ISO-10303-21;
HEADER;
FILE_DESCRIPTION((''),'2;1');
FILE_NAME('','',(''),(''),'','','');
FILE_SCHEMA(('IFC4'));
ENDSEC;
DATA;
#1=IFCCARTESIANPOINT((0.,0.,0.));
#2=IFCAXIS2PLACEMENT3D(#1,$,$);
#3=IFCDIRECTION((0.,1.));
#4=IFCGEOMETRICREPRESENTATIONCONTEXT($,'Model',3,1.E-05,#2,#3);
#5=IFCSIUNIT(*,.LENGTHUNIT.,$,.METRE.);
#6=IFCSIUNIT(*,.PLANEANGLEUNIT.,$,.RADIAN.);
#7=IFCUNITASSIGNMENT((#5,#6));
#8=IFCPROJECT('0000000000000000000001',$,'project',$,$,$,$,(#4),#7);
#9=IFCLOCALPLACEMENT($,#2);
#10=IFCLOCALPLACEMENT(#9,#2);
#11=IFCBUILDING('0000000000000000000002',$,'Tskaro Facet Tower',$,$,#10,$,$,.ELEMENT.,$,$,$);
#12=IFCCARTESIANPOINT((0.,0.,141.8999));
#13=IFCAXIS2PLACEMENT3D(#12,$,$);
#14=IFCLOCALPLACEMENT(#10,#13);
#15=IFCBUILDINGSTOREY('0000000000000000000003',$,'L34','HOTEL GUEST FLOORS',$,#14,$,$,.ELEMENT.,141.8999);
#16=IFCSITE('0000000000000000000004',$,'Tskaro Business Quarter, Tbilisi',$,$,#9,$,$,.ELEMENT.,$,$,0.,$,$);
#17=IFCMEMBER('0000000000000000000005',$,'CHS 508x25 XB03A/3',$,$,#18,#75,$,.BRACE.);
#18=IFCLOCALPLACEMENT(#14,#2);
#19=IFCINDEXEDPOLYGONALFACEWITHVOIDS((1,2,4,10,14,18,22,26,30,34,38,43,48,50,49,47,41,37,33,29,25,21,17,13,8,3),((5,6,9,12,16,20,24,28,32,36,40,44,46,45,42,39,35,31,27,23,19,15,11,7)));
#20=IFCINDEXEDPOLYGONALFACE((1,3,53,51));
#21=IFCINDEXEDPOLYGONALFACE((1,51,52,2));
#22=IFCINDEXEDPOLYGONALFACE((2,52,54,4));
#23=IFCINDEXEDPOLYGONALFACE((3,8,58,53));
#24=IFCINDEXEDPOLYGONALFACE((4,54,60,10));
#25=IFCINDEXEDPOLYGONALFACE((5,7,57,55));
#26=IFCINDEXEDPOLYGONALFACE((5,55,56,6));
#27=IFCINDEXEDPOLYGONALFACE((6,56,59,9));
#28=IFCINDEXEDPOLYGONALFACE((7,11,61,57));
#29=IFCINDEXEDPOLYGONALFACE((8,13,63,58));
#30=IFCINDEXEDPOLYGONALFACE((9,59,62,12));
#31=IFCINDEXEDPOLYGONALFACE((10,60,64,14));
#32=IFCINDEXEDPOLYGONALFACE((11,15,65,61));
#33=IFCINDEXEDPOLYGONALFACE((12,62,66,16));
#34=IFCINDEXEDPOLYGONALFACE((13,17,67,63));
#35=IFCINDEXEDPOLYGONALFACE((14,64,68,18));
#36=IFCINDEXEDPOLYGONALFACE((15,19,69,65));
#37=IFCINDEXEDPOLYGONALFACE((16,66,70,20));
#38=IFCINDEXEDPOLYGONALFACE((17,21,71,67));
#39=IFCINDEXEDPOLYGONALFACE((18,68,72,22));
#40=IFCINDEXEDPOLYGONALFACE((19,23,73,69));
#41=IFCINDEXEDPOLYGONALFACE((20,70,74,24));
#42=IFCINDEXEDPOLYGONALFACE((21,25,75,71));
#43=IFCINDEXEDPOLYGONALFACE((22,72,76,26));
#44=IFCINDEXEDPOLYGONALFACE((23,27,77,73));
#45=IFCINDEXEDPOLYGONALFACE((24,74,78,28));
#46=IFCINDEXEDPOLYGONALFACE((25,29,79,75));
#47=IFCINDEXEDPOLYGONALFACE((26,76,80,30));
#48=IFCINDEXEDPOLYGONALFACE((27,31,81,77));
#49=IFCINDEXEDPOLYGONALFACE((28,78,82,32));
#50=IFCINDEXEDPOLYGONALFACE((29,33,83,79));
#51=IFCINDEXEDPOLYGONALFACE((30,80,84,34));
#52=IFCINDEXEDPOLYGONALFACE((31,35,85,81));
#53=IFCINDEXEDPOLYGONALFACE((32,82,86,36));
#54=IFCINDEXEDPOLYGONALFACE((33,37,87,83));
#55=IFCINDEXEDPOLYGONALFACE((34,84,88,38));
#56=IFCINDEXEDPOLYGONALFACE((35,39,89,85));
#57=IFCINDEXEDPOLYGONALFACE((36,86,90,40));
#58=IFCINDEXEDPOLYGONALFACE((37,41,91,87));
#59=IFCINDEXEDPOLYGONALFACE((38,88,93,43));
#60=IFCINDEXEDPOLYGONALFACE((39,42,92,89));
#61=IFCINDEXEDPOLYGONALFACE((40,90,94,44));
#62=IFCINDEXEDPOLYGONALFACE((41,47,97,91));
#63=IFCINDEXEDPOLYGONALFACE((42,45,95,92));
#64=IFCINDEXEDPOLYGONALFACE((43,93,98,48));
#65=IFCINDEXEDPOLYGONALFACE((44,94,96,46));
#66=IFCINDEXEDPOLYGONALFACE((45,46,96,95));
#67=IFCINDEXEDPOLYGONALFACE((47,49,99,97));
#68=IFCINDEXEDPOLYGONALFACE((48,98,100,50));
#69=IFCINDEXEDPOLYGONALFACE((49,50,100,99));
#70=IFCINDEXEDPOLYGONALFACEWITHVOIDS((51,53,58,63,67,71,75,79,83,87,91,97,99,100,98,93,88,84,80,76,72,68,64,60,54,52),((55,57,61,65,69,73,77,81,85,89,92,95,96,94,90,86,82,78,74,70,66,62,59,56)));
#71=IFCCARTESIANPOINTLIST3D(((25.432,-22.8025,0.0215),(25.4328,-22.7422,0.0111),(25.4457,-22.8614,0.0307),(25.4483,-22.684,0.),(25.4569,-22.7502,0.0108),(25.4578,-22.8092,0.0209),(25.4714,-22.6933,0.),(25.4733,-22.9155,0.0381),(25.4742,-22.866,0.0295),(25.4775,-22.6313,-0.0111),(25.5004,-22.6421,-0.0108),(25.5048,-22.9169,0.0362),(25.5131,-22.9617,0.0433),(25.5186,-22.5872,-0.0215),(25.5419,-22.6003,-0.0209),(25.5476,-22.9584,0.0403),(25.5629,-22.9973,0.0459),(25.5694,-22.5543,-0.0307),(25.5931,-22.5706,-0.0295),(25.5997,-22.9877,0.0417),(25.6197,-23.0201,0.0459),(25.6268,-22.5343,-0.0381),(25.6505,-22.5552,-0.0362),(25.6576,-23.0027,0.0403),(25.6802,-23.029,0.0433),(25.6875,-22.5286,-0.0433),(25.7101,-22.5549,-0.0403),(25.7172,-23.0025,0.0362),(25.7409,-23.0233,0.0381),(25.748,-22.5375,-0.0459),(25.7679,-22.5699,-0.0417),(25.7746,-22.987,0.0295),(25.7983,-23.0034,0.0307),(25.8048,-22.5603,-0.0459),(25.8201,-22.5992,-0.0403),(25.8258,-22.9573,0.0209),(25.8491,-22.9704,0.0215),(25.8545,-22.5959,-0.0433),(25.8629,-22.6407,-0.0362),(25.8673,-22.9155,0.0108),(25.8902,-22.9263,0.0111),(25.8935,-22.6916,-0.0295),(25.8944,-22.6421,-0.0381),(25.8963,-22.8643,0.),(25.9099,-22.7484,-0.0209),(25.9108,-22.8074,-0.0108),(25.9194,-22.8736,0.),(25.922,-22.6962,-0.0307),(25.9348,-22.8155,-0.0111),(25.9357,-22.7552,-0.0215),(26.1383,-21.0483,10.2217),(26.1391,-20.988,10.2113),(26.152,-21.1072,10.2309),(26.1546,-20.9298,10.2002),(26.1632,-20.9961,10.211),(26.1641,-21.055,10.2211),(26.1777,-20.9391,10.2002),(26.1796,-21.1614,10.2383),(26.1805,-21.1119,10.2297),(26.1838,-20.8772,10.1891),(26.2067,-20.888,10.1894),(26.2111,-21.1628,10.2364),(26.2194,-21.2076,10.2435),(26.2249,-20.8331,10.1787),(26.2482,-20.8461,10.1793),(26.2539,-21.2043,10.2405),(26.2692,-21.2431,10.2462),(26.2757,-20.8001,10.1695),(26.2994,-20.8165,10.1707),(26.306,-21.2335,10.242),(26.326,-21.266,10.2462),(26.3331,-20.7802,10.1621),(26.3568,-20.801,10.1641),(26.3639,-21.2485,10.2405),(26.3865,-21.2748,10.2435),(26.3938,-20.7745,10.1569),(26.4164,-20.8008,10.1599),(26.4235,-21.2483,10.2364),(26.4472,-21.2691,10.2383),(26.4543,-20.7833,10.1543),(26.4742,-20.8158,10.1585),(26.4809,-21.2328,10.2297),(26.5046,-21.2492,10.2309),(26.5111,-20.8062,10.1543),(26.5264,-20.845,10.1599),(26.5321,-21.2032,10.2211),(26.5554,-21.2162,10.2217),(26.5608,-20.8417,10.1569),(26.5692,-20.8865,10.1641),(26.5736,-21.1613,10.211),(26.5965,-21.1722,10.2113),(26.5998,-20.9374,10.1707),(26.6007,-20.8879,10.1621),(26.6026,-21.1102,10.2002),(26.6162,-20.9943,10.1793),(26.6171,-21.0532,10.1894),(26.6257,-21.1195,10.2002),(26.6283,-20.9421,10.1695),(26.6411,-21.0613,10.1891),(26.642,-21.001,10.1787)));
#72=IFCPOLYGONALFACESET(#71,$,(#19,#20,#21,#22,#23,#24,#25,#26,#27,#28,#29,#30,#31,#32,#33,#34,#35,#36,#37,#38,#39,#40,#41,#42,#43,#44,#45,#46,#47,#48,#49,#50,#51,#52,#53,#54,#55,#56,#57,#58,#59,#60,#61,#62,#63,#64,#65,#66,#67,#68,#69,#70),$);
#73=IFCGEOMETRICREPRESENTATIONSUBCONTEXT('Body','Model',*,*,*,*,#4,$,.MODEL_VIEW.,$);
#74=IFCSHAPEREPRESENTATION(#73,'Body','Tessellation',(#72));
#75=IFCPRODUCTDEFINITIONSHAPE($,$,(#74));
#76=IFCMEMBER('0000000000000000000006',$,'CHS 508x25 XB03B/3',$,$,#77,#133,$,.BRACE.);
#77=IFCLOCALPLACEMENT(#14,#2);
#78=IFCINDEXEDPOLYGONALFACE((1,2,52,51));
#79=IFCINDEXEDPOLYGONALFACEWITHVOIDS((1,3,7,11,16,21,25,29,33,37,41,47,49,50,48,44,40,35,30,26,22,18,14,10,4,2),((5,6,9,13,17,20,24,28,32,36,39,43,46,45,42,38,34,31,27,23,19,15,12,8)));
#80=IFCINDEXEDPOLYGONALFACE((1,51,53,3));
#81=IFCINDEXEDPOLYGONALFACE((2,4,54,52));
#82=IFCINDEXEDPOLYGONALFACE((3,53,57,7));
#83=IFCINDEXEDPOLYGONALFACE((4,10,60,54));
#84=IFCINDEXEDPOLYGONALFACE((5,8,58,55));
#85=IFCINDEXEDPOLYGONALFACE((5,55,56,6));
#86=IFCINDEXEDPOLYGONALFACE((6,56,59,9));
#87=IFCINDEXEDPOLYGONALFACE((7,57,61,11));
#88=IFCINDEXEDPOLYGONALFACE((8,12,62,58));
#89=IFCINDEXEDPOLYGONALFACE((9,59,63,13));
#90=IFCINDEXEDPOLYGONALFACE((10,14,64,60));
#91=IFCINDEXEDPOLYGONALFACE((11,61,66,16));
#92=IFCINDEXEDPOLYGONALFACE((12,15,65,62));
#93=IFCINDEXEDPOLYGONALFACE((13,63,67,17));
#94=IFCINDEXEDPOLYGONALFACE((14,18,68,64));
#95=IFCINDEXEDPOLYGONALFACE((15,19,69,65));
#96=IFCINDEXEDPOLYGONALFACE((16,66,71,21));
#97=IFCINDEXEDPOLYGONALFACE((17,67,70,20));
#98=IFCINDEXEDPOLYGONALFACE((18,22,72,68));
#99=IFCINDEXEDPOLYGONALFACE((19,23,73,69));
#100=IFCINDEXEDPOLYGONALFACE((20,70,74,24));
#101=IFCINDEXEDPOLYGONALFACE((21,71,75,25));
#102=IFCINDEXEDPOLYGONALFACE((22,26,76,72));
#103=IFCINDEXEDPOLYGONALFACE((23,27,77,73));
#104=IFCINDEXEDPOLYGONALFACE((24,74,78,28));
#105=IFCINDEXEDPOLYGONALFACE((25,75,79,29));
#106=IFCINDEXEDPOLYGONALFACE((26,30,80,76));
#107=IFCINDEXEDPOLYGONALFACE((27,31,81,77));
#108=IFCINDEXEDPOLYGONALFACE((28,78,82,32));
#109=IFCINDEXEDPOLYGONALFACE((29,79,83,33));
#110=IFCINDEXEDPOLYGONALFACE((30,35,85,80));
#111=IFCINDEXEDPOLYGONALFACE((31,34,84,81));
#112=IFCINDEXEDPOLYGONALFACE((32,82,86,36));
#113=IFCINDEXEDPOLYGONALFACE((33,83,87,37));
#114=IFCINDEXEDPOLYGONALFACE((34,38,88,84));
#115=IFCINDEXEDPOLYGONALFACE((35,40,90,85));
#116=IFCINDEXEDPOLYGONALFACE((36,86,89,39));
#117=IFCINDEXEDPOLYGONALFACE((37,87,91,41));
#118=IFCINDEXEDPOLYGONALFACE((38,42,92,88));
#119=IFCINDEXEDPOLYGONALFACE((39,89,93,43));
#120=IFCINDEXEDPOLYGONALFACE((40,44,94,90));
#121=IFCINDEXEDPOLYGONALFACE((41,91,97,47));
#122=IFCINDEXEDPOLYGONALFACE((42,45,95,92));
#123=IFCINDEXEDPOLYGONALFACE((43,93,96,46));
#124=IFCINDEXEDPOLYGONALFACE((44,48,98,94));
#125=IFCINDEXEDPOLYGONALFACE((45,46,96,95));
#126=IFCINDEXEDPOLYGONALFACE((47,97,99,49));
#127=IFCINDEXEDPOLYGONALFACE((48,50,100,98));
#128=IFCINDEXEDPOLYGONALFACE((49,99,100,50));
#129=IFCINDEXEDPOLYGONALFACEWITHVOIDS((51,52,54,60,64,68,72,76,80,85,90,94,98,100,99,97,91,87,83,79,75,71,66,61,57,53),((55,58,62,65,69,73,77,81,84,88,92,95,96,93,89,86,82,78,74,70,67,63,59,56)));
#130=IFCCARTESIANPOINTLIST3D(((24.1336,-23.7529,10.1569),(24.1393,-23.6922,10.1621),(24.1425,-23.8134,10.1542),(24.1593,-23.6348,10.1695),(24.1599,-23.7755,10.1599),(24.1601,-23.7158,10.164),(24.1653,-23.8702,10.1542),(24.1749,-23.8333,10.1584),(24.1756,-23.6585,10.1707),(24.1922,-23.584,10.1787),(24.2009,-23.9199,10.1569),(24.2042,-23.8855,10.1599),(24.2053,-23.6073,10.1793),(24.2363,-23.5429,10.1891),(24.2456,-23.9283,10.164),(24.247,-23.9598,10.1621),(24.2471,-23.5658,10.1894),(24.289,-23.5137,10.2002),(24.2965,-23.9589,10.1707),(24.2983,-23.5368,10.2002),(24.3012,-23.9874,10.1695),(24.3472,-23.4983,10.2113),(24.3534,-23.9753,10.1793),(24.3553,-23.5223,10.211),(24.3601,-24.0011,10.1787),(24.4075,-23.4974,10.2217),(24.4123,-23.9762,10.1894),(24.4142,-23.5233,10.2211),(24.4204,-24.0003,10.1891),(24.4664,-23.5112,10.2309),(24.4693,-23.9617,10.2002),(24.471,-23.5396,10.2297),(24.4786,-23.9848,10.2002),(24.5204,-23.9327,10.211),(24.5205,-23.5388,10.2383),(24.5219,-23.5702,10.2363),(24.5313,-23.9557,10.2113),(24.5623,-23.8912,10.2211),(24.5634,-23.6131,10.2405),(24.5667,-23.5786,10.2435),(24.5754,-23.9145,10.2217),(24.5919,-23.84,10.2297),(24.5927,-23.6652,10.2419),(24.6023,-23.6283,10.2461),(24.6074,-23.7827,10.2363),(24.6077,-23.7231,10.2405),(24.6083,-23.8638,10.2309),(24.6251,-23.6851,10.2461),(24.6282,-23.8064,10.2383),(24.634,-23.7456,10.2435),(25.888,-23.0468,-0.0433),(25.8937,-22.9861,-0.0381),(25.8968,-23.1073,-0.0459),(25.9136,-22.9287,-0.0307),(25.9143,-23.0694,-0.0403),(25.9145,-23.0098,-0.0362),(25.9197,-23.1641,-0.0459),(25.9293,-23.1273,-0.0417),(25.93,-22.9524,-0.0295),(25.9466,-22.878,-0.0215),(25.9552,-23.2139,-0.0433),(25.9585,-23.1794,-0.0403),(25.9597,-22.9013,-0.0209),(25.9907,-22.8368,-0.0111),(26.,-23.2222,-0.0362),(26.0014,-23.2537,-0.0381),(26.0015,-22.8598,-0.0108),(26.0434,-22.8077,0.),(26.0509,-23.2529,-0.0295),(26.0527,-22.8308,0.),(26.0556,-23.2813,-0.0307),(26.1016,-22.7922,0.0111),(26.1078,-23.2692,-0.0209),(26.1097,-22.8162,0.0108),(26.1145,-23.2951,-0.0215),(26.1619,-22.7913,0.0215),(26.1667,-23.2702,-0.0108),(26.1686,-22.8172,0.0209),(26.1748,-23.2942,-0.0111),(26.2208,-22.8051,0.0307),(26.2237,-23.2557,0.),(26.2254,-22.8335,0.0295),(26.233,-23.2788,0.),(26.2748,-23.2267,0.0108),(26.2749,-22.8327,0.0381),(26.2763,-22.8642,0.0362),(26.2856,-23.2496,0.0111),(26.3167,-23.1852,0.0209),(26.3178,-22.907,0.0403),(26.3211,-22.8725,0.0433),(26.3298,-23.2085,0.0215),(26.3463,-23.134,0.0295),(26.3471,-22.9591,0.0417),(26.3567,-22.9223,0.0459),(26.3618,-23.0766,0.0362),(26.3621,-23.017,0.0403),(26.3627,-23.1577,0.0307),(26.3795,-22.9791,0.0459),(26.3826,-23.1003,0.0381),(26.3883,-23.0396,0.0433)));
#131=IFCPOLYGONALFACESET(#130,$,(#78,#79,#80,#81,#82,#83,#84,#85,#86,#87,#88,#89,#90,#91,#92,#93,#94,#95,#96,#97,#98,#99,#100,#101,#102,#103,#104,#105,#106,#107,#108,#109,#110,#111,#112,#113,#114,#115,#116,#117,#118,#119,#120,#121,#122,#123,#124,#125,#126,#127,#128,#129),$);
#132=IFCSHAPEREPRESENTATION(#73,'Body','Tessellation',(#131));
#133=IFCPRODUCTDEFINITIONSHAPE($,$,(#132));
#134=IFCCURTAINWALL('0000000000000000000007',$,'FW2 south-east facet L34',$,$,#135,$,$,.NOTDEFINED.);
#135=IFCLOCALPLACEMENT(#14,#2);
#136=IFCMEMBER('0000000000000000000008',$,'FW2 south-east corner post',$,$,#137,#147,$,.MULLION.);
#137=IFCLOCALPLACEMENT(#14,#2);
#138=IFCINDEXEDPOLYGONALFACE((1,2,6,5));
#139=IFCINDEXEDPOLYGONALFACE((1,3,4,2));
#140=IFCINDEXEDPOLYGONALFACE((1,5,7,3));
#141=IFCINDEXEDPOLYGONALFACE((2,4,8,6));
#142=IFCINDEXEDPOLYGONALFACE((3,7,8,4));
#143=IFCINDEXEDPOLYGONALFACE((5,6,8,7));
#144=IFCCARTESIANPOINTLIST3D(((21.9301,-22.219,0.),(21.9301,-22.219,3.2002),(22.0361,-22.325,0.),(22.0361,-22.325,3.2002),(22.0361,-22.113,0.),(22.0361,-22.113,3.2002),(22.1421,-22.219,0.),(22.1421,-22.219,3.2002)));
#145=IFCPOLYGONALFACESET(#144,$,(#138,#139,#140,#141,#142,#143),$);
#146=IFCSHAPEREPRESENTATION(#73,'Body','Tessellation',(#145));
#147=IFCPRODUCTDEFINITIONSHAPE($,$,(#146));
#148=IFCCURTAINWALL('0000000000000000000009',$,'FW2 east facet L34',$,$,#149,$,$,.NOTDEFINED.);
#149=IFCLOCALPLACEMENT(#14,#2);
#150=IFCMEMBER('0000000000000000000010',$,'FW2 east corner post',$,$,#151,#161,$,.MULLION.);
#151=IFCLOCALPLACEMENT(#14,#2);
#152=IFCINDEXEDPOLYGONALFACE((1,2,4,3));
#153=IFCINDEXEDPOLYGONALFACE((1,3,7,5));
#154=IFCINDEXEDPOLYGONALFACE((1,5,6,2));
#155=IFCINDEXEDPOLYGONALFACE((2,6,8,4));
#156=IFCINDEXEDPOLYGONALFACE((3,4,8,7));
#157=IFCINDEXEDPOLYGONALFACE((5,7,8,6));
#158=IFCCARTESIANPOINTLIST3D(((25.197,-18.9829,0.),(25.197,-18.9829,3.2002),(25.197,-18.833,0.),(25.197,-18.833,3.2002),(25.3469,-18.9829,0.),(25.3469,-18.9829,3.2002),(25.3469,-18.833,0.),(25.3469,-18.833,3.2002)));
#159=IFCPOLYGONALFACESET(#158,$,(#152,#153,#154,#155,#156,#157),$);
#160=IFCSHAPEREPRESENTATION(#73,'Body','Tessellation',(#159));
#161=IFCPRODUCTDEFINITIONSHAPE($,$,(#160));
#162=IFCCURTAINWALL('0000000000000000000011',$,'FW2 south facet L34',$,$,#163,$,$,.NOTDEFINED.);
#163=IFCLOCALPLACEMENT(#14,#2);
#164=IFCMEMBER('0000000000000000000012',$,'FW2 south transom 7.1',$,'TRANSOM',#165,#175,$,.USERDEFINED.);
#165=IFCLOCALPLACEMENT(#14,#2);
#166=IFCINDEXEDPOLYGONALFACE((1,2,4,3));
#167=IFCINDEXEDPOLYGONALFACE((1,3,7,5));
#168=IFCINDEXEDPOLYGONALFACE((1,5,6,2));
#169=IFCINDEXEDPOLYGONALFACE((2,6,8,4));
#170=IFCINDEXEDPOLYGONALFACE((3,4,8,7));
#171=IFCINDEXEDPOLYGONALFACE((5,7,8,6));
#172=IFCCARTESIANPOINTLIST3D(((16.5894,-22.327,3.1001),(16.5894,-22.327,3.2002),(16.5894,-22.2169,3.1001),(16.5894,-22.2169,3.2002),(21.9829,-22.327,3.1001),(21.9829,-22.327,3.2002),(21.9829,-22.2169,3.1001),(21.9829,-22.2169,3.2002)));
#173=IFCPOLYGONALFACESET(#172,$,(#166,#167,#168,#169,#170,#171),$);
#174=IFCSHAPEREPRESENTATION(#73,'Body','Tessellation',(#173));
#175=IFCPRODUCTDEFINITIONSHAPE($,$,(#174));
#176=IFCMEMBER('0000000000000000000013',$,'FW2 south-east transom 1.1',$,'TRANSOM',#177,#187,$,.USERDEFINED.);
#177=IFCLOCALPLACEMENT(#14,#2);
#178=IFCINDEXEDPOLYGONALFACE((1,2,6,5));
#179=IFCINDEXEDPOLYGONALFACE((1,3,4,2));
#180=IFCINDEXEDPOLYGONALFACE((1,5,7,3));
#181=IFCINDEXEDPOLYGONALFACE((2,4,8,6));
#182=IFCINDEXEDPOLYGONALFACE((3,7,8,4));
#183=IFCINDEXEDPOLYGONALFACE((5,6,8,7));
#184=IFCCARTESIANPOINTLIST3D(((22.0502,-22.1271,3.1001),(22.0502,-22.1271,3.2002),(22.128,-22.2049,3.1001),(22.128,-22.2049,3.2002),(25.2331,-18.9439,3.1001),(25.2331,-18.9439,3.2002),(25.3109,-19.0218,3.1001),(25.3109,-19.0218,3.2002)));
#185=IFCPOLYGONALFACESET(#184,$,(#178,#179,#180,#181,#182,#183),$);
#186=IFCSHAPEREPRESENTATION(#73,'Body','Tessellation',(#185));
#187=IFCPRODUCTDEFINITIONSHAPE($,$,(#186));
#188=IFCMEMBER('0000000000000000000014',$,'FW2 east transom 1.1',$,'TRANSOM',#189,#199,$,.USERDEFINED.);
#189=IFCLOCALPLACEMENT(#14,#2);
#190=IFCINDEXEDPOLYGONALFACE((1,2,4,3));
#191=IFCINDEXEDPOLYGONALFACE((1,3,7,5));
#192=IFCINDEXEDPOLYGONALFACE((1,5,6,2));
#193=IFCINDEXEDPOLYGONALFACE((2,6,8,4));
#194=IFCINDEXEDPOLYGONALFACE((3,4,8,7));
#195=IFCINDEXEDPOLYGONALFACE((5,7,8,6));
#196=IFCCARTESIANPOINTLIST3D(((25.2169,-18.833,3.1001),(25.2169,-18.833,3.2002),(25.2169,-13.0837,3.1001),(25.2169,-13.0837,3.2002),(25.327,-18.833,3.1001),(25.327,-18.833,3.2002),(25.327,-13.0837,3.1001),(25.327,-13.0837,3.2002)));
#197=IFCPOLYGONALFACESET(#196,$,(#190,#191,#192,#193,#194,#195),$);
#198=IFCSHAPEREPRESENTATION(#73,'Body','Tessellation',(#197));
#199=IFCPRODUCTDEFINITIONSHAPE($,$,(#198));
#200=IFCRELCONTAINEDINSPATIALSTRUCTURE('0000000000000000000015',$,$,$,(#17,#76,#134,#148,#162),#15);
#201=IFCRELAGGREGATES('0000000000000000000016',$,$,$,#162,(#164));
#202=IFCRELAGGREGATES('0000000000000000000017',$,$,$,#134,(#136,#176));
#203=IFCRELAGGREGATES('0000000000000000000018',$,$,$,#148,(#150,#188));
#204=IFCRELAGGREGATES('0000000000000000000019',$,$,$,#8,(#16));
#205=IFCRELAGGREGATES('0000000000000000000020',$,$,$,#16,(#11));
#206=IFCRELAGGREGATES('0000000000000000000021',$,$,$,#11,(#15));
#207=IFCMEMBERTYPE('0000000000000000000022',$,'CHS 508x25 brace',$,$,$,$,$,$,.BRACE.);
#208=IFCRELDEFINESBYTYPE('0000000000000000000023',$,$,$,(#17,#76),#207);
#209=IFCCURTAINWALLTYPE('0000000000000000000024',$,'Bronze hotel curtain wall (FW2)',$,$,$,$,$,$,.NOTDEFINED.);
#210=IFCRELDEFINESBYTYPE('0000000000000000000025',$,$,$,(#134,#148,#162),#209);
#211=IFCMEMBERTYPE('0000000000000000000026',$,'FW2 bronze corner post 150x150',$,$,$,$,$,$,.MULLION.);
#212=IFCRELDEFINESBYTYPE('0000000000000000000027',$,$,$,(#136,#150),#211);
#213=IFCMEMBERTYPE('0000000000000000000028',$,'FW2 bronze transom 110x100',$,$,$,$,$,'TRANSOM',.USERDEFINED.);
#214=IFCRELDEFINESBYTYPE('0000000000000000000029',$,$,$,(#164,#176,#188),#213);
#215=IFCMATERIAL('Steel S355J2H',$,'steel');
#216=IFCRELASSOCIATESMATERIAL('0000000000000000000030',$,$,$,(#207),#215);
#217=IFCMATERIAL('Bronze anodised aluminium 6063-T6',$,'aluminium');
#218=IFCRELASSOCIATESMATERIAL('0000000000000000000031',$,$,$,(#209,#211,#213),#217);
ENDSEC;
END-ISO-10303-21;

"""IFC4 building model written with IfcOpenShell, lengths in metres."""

from ifc_helpers import new_model, si_unit, direction, frame, origin, origin_2d, place, context, subcontext, project, spatial, rectangle, hollow_circle, extrude, material, material_profile, profile_set, type_object, element, aggregate, save


model = new_model("IFC4")

# Units and contexts
model_context = context("Model", 3, precision=1e-05, world=origin(), true_north=direction((0.0, 1.0)))
body_context = subcontext(model_context, "Body", "Model", "MODEL_VIEW")
ifc_project = project(units=[si_unit("LENGTHUNIT", "METRE"), si_unit("PLANEANGLEUNIT", "RADIAN")], contexts=[model_context])

# Site, building, storey
site_placement = place(None, origin())
site = spatial("IfcSite", under=ifc_project, at=site_placement, Name="Tskaro Business Quarter, Tbilisi", CompositionType="ELEMENT", RefElevation=0.0)
building_placement = place(site_placement, origin())
building = spatial("IfcBuilding", under=site, at=building_placement, Name="Tskaro Facet Tower", CompositionType="ELEMENT")
storey_placement = place(building_placement, frame((0.0, 0.0, 141.8999)))
storey = spatial("IfcBuildingStorey", under=building, at=storey_placement, Name="L34", Description="HOTEL GUEST FLOORS", CompositionType="ELEMENT", Elevation=141.8999)

# Shared definitions
ifc_material_1 = material(Name="Steel S355J2H", Category="steel")

# Members
ifc_material_profile_1 = material_profile(ifc_material_1, hollow_circle(Radius=0.2539, WallThickness=0.0249, at=origin_2d()), Name="CHS 508x25")
ifc_profile_set_1 = profile_set([ifc_material_profile_1], Name="Steel S355J2H")
member_type_1 = type_object("IfcMemberType", Name="CHS 508x25 brace", PredefinedType="BRACE", material=ifc_profile_set_1)
for number, where, z_axis, x_axis, name in (
    (1, (25.6838, -22.7788, 0.0), (0.068084, 0.169091, 0.983246), (-0.927628, 0.373504, 0.0), "CHS 508x25 XB03A/3"),
    (2, (26.1382, -23.0432, 0.0), (-0.169114, -0.06806, 0.983244), (0.373349, -0.927691, 0.0), "CHS 508x25 XB03B/3"),
):
    element("IfcMember", number, at=place(storey_placement, frame(where, z_axis=z_axis, x_axis=x_axis)), inside=storey, type_object=member_type_1, Name=name, PredefinedType="BRACE", context=body_context, shape_type="SweptSolid", body=[
        extrude(hollow_circle(Radius=0.2539, WallThickness=0.0249, at=origin_2d()), origin(), (0.0, 0.0, 1.0), 10.374),
    ])

# Curtain walls, members
ifc_material_2 = material(Name="Bronze anodised aluminium 6063-T6", Category="aluminium")
curtain_wall_type = type_object("IfcCurtainWallType", Name="Bronze hotel curtain wall (FW2)", PredefinedType="NOTDEFINED", material=ifc_material_2)
curtain_wall_1_placement = place(storey_placement, origin())
curtain_wall_1 = element("IfcCurtainWall", 3, at=curtain_wall_1_placement, inside=storey, type_object=curtain_wall_type, Name="FW2 south-east facet L34", PredefinedType="NOTDEFINED")
ifc_material_profile_2 = material_profile(ifc_material_2, rectangle(XDim=0.1499, YDim=0.1499, at=origin_2d()), Name="Corner post 150x150")
ifc_profile_set_2 = profile_set([ifc_material_profile_2], Name="Bronze anodised aluminium 6063-T6")
member_type_2 = type_object("IfcMemberType", Name="FW2 bronze corner post 150x150", PredefinedType="MULLION", material=ifc_profile_set_2)
member_1_placement = place(storey_placement, frame((22.0361, -22.219, 0.0), z_axis=(0.0, 0.0, 1.0), x_axis=(0.707107, 0.707107, 0.0)))
member_1 = element("IfcMember", 4, at=member_1_placement, type_object=member_type_2, Name="FW2 south-east corner post", PredefinedType="MULLION", context=body_context, shape_type="SweptSolid", body=[
    extrude(rectangle(XDim=0.1499, YDim=0.1499, at=origin_2d()), origin(), (0.0, 0.0, 1.0), 3.2002),
])
curtain_wall_2_placement = place(storey_placement, origin())
curtain_wall_2 = element("IfcCurtainWall", 5, at=curtain_wall_2_placement, inside=storey, type_object=curtain_wall_type, Name="FW2 east facet L34", PredefinedType="NOTDEFINED")
member_2_placement = place(storey_placement, frame((25.272, -18.908, 0.0), z_axis=(0.0, 0.0, 1.0), x_axis=(0.0, 1.0, 0.0)))
member_2 = element("IfcMember", 6, at=member_2_placement, type_object=member_type_2, Name="FW2 east corner post", PredefinedType="MULLION", context=body_context, shape_type="SweptSolid", body=[
    extrude(rectangle(XDim=0.1499, YDim=0.1499, at=origin_2d()), origin(), (0.0, 0.0, 1.0), 3.2002),
])
curtain_wall_3_placement = place(storey_placement, origin())
curtain_wall_3 = element("IfcCurtainWall", 7, at=curtain_wall_3_placement, inside=storey, type_object=curtain_wall_type, Name="FW2 south facet L34", PredefinedType="NOTDEFINED")
ifc_material_profile_3 = material_profile(ifc_material_2, rectangle(XDim=0.1101, YDim=0.1001, at=origin_2d()), Name="Transom 110x100")
ifc_profile_set_3 = profile_set([ifc_material_profile_3], Name="Bronze anodised aluminium 6063-T6")
member_type_3 = type_object("IfcMemberType", Name="FW2 bronze transom 110x100", ElementType="TRANSOM", PredefinedType="USERDEFINED", material=ifc_profile_set_3)
member_3_placement = place(storey_placement, frame((16.5894, -22.272, 3.1501), z_axis=(1.0, 0.0, 0.0), x_axis=(0.0, 1.0, 0.0)))
member_3 = element("IfcMember", 8, at=member_3_placement, type_object=member_type_3, Name="FW2 south transom 7.1", ObjectType="TRANSOM", PredefinedType="USERDEFINED", context=body_context, shape_type="SweptSolid", body=[
    extrude(rectangle(XDim=0.1101, YDim=0.1001, at=origin_2d()), origin(), (0.0, 0.0, 1.0), 5.3936),
])

# Members
member_4_placement = place(storey_placement, frame((22.0891, -22.166, 3.1501), z_axis=(0.70708, 0.707134, 0.0), x_axis=(-0.707134, 0.70708, 0.0)))
member_4 = element("IfcMember", 9, at=member_4_placement, type_object=member_type_3, Name="FW2 south-east transom 1.1", ObjectType="TRANSOM", PredefinedType="USERDEFINED", context=body_context, shape_type="SweptSolid", body=[
    extrude(rectangle(XDim=0.1101, YDim=0.1001, at=origin_2d()), origin(), (0.0, 0.0, 1.0), 4.5015),
])
member_5_placement = place(storey_placement, frame((25.272, -18.833, 3.1501), z_axis=(0.0, 1.0, 0.0), x_axis=(-1.0, 0.0, 0.0)))
member_5 = element("IfcMember", 10, at=member_5_placement, type_object=member_type_3, Name="FW2 east transom 1.1", ObjectType="TRANSOM", PredefinedType="USERDEFINED", context=body_context, shape_type="SweptSolid", body=[
    extrude(rectangle(XDim=0.1101, YDim=0.1001, at=origin_2d()), origin(), (0.0, 0.0, 1.0), 5.7493),
])

aggregate(curtain_wall_3, [member_3])
aggregate(curtain_wall_1, [member_1, member_4])
aggregate(curtain_wall_2, [member_2, member_5])

save(model, "model.ifc")
